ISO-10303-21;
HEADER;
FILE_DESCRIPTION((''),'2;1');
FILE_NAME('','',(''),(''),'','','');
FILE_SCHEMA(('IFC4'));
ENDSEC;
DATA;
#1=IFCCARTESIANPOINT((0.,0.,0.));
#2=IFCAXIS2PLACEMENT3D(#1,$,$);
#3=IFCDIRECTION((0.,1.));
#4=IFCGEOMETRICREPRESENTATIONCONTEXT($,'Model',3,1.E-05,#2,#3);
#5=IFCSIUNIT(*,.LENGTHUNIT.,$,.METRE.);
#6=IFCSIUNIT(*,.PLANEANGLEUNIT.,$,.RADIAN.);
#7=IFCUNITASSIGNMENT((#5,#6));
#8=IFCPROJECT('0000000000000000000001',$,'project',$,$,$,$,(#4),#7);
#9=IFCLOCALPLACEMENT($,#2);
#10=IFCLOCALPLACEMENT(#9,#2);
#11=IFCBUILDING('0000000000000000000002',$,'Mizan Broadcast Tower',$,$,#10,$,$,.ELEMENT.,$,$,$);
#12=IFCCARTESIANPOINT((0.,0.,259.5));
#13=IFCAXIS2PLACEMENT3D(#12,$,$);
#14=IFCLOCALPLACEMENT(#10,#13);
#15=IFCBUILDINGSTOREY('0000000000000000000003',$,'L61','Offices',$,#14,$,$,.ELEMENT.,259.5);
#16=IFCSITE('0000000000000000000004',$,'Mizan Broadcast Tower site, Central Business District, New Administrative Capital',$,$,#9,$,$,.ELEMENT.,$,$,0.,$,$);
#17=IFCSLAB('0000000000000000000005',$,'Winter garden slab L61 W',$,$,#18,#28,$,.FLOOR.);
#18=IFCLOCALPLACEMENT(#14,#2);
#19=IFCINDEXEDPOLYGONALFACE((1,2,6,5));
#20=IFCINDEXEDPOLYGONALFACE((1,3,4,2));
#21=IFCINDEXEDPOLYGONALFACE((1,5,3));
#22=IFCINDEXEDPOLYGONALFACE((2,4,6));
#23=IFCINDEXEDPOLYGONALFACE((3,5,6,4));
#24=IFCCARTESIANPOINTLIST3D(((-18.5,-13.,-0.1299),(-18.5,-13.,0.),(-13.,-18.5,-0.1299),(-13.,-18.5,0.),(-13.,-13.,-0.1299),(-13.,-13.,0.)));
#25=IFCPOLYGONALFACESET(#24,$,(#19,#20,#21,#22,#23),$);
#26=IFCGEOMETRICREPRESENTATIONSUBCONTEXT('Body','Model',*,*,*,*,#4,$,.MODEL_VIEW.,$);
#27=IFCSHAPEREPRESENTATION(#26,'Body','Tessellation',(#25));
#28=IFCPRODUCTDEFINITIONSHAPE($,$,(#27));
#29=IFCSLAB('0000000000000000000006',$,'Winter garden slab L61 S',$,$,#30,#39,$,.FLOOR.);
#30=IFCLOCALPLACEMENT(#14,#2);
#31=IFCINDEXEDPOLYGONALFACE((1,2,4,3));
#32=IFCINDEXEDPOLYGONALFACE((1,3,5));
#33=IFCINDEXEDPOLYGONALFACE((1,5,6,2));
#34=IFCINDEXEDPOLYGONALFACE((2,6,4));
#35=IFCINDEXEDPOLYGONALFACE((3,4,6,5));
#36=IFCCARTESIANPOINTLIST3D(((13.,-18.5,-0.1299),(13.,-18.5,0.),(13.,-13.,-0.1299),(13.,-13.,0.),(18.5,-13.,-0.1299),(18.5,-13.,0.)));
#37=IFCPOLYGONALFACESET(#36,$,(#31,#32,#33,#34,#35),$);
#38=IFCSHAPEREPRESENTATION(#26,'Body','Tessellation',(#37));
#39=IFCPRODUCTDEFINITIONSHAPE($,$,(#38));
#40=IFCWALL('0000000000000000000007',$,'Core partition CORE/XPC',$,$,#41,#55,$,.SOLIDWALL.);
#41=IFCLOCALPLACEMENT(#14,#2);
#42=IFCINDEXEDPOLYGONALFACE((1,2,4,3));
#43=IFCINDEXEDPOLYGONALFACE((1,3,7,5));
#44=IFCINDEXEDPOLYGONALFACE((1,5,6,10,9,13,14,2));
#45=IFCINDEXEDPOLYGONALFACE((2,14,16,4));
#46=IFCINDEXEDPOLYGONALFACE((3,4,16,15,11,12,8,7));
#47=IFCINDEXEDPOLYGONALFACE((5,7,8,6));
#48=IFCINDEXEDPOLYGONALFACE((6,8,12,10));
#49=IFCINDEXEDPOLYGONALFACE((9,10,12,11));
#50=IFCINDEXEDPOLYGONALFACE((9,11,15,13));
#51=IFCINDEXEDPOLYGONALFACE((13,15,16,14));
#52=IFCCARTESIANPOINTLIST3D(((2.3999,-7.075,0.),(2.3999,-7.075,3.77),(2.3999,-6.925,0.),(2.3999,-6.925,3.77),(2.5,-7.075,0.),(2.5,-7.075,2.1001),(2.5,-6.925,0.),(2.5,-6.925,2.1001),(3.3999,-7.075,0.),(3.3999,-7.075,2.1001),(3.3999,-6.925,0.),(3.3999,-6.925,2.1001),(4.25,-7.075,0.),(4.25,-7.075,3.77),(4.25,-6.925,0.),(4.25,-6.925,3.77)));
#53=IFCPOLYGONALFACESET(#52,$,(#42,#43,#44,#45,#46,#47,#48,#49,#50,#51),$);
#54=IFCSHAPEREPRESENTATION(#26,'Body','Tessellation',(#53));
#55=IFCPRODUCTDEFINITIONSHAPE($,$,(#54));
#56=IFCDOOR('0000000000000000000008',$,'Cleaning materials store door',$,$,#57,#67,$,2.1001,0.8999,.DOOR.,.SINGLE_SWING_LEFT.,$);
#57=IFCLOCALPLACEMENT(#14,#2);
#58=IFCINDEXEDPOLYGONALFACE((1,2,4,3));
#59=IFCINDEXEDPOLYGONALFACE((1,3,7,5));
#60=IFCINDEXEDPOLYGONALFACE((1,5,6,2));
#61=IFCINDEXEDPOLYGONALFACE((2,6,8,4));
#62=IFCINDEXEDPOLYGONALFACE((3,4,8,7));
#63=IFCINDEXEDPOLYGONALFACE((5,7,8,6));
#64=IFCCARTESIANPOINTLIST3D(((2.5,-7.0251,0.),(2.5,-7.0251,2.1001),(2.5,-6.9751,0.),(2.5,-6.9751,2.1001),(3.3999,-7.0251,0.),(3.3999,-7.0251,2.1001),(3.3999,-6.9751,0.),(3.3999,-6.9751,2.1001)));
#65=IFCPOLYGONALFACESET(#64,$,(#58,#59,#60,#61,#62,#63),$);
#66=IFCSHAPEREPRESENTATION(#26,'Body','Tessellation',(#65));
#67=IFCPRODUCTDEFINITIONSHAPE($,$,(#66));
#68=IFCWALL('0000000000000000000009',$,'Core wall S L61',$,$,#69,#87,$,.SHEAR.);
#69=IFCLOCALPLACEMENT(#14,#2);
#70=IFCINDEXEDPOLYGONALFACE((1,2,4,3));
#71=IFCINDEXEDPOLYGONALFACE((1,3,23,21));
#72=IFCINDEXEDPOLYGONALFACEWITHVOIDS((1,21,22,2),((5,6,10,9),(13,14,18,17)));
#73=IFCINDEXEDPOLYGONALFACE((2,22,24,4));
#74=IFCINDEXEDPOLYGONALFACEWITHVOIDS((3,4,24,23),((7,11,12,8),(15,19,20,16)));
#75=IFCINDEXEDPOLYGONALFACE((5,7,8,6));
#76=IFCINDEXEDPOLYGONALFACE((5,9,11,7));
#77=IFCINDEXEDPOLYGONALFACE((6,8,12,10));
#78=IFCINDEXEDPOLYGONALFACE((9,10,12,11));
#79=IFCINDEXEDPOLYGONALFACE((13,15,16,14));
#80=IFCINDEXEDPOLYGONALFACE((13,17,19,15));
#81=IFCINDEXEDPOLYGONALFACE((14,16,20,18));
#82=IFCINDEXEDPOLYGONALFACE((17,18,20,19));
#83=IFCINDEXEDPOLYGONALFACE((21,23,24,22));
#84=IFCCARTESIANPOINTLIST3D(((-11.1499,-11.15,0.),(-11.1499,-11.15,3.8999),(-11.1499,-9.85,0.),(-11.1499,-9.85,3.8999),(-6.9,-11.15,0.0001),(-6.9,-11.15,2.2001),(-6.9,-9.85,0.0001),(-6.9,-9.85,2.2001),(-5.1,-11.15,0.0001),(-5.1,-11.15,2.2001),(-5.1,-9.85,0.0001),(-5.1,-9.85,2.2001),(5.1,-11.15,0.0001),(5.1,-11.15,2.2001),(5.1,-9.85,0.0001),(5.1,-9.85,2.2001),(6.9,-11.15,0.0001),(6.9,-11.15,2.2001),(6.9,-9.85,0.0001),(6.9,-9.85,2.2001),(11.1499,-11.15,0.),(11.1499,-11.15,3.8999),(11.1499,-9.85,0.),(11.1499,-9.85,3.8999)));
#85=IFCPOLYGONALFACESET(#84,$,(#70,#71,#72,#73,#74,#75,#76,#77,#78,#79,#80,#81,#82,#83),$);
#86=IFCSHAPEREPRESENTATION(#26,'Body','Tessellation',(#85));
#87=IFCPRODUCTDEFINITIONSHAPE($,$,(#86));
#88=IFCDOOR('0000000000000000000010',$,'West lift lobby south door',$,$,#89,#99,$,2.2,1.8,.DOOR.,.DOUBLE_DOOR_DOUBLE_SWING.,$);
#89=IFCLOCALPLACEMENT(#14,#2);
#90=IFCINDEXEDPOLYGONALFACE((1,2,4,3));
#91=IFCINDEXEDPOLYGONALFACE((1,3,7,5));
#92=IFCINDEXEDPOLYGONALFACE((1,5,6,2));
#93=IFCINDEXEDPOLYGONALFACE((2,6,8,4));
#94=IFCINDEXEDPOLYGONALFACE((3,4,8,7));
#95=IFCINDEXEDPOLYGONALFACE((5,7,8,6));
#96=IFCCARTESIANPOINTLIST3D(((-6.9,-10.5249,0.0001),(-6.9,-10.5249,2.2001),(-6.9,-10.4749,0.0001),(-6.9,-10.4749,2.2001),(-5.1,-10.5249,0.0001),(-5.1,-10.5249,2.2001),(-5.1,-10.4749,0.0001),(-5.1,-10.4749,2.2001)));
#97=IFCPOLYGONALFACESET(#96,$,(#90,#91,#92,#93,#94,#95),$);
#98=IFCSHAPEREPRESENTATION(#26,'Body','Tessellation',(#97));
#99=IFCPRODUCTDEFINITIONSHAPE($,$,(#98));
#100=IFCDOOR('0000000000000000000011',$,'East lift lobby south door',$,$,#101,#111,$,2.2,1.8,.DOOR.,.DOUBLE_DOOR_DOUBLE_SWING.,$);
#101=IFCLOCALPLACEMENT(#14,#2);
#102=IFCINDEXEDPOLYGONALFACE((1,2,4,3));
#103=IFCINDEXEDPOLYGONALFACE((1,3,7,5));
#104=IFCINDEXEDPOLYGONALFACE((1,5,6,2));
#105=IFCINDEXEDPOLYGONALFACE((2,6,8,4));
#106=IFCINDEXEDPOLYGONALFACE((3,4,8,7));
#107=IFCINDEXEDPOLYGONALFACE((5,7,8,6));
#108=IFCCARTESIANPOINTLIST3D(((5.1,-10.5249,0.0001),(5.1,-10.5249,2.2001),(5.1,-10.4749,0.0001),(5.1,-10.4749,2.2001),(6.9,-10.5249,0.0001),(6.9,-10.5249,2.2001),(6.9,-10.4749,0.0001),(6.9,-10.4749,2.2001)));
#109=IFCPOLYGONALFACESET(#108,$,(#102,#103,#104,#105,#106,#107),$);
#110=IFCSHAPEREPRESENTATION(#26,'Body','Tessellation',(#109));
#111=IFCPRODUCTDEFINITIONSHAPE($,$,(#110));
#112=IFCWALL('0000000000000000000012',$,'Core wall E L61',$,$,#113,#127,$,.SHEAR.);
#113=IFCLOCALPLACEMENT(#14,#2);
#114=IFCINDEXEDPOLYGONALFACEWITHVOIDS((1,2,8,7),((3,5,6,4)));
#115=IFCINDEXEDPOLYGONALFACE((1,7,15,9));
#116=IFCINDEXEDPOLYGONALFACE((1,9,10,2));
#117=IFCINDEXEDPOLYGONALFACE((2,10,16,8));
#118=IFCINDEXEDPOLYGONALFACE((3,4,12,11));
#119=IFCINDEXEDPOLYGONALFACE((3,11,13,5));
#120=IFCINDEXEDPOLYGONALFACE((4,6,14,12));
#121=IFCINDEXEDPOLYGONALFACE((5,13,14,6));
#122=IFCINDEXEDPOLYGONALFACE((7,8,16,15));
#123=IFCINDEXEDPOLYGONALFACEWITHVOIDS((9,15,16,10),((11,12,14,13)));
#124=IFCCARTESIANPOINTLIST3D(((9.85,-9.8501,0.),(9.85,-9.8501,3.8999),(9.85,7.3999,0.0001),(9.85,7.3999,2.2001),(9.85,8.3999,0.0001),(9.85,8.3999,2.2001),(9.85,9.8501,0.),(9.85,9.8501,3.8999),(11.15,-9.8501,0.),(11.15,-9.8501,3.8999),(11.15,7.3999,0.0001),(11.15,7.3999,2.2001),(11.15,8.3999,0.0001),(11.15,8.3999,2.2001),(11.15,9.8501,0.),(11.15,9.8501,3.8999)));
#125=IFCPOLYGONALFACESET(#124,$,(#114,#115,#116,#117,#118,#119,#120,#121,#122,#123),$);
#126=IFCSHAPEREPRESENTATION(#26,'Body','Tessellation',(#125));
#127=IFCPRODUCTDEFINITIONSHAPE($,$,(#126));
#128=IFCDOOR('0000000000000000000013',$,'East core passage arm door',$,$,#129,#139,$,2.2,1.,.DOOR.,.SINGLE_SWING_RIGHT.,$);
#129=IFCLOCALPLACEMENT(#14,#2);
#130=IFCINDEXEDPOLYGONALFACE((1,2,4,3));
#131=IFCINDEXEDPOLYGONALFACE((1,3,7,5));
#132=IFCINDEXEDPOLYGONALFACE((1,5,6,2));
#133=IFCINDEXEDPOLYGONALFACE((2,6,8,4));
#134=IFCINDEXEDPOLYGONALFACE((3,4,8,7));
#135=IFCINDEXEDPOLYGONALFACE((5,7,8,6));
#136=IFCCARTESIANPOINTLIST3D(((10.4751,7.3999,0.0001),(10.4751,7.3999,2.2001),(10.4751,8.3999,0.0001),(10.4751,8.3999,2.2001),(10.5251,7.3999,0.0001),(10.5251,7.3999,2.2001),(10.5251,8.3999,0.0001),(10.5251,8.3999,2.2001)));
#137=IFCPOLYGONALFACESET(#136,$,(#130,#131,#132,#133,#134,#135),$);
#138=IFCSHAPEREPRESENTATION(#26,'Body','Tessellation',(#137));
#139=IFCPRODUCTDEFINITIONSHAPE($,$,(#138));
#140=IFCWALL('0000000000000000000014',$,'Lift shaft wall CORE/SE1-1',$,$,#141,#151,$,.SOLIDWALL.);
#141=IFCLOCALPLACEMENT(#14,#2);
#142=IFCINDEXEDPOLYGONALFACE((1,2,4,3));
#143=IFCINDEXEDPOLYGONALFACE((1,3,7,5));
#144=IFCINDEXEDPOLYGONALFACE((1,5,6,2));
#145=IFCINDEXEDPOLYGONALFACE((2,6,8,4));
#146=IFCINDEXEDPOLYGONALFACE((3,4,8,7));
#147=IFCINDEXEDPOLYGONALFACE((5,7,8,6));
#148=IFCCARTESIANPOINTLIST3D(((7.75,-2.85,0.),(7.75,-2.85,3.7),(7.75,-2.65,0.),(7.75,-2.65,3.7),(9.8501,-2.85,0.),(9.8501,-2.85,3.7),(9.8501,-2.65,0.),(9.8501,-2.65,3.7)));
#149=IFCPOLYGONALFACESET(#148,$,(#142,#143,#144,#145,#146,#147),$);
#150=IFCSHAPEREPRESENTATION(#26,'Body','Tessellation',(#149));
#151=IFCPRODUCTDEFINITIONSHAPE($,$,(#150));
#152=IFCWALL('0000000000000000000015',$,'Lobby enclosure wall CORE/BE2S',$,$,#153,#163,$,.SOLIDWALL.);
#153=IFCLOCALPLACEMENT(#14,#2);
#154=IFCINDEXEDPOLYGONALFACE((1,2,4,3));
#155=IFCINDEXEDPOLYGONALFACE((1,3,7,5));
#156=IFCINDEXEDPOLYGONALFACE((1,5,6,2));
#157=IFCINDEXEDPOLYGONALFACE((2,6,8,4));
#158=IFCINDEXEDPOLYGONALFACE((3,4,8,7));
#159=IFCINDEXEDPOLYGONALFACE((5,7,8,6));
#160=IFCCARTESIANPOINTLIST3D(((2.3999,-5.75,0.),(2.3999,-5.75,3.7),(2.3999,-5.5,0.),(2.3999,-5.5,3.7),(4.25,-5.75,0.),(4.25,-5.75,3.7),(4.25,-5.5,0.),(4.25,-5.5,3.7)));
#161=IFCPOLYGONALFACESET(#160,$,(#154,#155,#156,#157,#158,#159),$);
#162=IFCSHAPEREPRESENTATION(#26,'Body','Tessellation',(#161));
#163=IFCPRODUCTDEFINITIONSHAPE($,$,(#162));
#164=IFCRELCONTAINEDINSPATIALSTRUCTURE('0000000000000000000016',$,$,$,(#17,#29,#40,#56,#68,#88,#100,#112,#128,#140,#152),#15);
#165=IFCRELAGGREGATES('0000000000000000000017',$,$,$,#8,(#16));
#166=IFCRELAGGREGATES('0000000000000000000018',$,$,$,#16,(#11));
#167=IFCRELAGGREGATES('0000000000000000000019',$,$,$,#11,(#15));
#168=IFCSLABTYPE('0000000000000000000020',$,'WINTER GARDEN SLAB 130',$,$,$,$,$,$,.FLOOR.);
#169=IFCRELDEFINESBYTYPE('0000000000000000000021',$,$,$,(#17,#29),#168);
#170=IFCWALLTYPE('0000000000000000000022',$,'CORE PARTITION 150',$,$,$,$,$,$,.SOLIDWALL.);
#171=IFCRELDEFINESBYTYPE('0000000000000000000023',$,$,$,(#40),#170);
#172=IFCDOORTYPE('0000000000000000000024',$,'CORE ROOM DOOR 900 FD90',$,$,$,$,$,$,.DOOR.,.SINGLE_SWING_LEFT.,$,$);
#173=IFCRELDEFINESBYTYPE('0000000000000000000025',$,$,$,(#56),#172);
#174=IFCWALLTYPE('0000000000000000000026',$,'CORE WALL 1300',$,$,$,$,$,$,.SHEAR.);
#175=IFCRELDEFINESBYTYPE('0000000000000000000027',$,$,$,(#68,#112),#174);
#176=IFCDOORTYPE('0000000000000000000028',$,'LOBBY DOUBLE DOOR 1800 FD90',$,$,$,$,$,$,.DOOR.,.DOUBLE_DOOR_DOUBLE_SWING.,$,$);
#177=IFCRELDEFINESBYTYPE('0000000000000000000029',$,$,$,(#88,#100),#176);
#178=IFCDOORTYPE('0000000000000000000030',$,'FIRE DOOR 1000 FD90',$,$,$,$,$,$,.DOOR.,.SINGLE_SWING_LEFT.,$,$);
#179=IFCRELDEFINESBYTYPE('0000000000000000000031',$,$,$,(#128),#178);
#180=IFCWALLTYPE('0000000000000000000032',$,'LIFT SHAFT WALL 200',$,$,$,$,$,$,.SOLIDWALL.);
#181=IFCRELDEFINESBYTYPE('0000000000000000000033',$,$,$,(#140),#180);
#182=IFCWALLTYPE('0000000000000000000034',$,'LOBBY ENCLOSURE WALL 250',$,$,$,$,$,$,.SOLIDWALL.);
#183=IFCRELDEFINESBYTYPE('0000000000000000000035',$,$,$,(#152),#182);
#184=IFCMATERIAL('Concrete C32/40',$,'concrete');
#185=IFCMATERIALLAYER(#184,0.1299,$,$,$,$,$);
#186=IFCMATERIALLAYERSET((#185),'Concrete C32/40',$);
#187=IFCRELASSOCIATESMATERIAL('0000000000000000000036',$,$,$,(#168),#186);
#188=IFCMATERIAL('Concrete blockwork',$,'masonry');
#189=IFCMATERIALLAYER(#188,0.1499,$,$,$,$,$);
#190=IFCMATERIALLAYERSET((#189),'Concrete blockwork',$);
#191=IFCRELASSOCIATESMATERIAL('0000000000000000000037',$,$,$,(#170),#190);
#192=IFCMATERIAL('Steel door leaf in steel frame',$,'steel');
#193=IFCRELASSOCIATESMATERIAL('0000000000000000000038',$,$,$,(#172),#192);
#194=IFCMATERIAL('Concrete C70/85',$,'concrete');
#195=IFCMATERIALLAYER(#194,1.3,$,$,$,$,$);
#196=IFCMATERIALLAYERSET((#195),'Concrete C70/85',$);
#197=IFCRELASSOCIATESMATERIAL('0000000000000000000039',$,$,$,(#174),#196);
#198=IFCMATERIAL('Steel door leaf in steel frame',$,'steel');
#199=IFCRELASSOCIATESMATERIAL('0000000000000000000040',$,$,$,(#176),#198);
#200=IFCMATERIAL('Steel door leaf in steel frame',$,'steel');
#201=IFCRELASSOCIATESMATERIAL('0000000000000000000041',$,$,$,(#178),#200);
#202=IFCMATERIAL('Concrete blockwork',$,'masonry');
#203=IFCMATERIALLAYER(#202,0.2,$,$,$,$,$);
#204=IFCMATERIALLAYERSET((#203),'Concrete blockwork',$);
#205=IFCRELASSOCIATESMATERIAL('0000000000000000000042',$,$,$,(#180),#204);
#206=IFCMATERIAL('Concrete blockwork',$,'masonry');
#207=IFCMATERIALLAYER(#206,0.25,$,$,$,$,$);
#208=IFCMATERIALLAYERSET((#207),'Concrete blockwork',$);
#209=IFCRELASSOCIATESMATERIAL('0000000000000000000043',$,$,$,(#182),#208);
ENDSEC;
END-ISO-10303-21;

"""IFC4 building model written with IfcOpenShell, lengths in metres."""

from ifc_helpers import new_model, si_unit, direction, frame, frame_2d, origin, place, context, subcontext, project, spatial, polyline, rectangle, outline, extrude, material, layer, layer_set, type_object, element, fill, save


model = new_model("IFC4")

# Units and contexts
model_context = context("Model", 3, precision=1e-05, world=origin(), true_north=direction((0.0, 1.0)))
body_context = subcontext(model_context, "Body", "Model", "MODEL_VIEW")
ifc_project = project(units=[si_unit("LENGTHUNIT", "METRE"), si_unit("PLANEANGLEUNIT", "RADIAN")], contexts=[model_context])

# Site, building, storey
site_placement = place(None, origin())
site = spatial("IfcSite", under=ifc_project, at=site_placement, Name="Mizan Broadcast Tower site, Central Business District, New Administrative Capital", CompositionType="ELEMENT", RefElevation=0.0)
building_placement = place(site_placement, origin())
building = spatial("IfcBuilding", under=site, at=building_placement, Name="Mizan Broadcast Tower", CompositionType="ELEMENT")
storey_placement = place(building_placement, frame((0.0, 0.0, 259.5)))
storey = spatial("IfcBuildingStorey", under=building, at=storey_placement, Name="L61", Description="Offices", CompositionType="ELEMENT", Elevation=259.5)

# Slabs
ifc_material_1 = material(Name="Concrete C32/40", Category="concrete")
ifc_layer_1 = layer(ifc_material_1, 0.1299)
ifc_layer_set_1 = layer_set([ifc_layer_1], Name="Concrete C32/40")
slab_type_1 = type_object("IfcSlabType", Name="WINTER GARDEN SLAB 130", PredefinedType="FLOOR", material=ifc_layer_set_1)
slab_1_placement = place(storey_placement, frame((0.0, 0.0, -0.1299)))
element("IfcSlab", 1, at=slab_1_placement, inside=storey, type_object=slab_type_1, Name="Winter garden slab L61 W", PredefinedType="FLOOR", context=body_context, shape_type="SweptSolid", body=[
    extrude(outline(polyline([(-13.0, -13.0), (-18.5, -13.0), (-13.0, -18.5), (-13.0, -13.0)])), origin(), (0.0, 0.0, 1.0), 0.1299),
])
slab_2_placement = place(storey_placement, frame((0.0, 0.0, -0.1299)))
element("IfcSlab", 2, at=slab_2_placement, inside=storey, type_object=slab_type_1, Name="Winter garden slab L61 S", PredefinedType="FLOOR", context=body_context, shape_type="SweptSolid", body=[
    extrude(outline(polyline([(13.0, -13.0), (13.0, -18.5), (18.5, -13.0), (13.0, -13.0)])), origin(), (0.0, 0.0, 1.0), 0.1299),
])

# Wall, opening, door
ifc_material_2 = material(Name="Concrete blockwork", Category="masonry")
ifc_layer_2 = layer(ifc_material_2, 0.1499)
ifc_layer_set_2 = layer_set([ifc_layer_2], Name="Concrete blockwork")
wall_type_1 = type_object("IfcWallType", Name="CORE PARTITION 150", PredefinedType="SOLIDWALL", material=ifc_layer_set_2)
wall_1_placement = place(storey_placement, frame((2.3999, -7.0, 0.0), z_axis=(0.0, 0.0, 1.0), x_axis=(1.0, 0.0, 0.0)))
wall_1 = element("IfcWall", 3, at=wall_1_placement, inside=storey, type_object=wall_type_1, Name="Core partition CORE/XPC", PredefinedType="SOLIDWALL", context=body_context, shape_type="SweptSolid", body=[
    extrude(rectangle(XDim=1.8501, YDim=0.1499, at=frame_2d((0.925, 0.0))), origin(), (0.0, 0.0, 1.0), 3.77),
])
opening_1_placement = place(wall_1_placement, frame((0.1001, 0.0, 0.0)))
opening_1 = element("IfcOpeningElement", 4, at=opening_1_placement, cuts=wall_1, PredefinedType="OPENING", context=body_context, shape_type="SweptSolid", body=[
    extrude(rectangle(XDim=0.8999, YDim=2.1001, at=frame_2d((0.45, 1.05))), frame((0.0, 0.085, 0.0), z_axis=(0.0, -1.0, 0.0), x_axis=(1.0, 0.0, 0.0)), (0.0, 0.0, 1.0), 0.1699),
])
ifc_material_3 = material(Name="Steel door leaf in steel frame", Category="steel")
door_type_1 = type_object("IfcDoorType", Name="CORE ROOM DOOR 900 FD90", OperationType="SINGLE_SWING_LEFT", PredefinedType="DOOR", material=ifc_material_3)
door_1_placement = place(opening_1_placement, origin())
door_1 = element("IfcDoor", 5, at=door_1_placement, inside=storey, type_object=door_type_1, Name="Cleaning materials store door", OperationType="SINGLE_SWING_LEFT", OverallHeight=2.1001, OverallWidth=0.8999, PredefinedType="DOOR", context=body_context, shape_type="SweptSolid", body=[
    extrude(rectangle(XDim=0.8999, YDim=2.1001, at=frame_2d((0.45, 1.05))), frame((0.0, 0.0249, 0.0), z_axis=(0.0, -1.0, 0.0), x_axis=(1.0, 0.0, 0.0)), (0.0, 0.0, 1.0), 0.05),
])
fill(opening_1, door_1)

# Wall, openings, doors
ifc_material_4 = material(Name="Concrete C70/85", Category="concrete")
ifc_layer_3 = layer(ifc_material_4, 1.3)
ifc_layer_set_3 = layer_set([ifc_layer_3], Name="Concrete C70/85")
wall_type_2 = type_object("IfcWallType", Name="CORE WALL 1300", PredefinedType="SHEAR", material=ifc_layer_set_3)
wall_2_placement = place(storey_placement, frame((11.1499, -10.5, 0.0), z_axis=(0.0, 0.0, 1.0), x_axis=(-1.0, 0.0, 0.0)))
wall_2 = element("IfcWall", 6, at=wall_2_placement, inside=storey, type_object=wall_type_2, Name="Core wall S L61", PredefinedType="SHEAR", context=body_context, shape_type="SweptSolid", body=[
    extrude(rectangle(XDim=22.2998, YDim=1.3, at=frame_2d((11.1499, 0.0))), origin(), (0.0, 0.0, 1.0), 3.8999),
])
opening_2_placement = place(wall_2_placement, frame((16.25, 0.0, 0.0)))
opening_2 = element("IfcOpeningElement", 7, at=opening_2_placement, cuts=wall_2, PredefinedType="OPENING", context=body_context, shape_type="SweptSolid", body=[
    extrude(rectangle(XDim=1.8, YDim=2.2, at=frame_2d((0.8999, 1.1001))), frame((0.0, 0.6599, 0.0), z_axis=(0.0, -1.0, 0.0), x_axis=(1.0, 0.0, 0.0)), (0.0, 0.0, 1.0), 1.3201),
])
opening_3_placement = place(wall_2_placement, frame((4.25, 0.0, 0.0)))
opening_3 = element("IfcOpeningElement", 8, at=opening_3_placement, cuts=wall_2, PredefinedType="OPENING", context=body_context, shape_type="SweptSolid", body=[
    extrude(rectangle(XDim=1.8, YDim=2.2, at=frame_2d((0.8999, 1.1001))), frame((0.0, 0.6599, 0.0), z_axis=(0.0, -1.0, 0.0), x_axis=(1.0, 0.0, 0.0)), (0.0, 0.0, 1.0), 1.3201),
])
ifc_material_5 = material(Name="Steel door leaf in steel frame", Category="steel")
door_type_2 = type_object("IfcDoorType", Name="LOBBY DOUBLE DOOR 1800 FD90", OperationType="DOUBLE_DOOR_DOUBLE_SWING", PredefinedType="DOOR", material=ifc_material_5)
door_2_placement = place(opening_2_placement, origin())
door_2 = element("IfcDoor", 9, at=door_2_placement, inside=storey, type_object=door_type_2, Name="West lift lobby south door", OperationType="DOUBLE_DOOR_DOUBLE_SWING", OverallHeight=2.2, OverallWidth=1.8, PredefinedType="DOOR", context=body_context, shape_type="SweptSolid", body=[
    extrude(rectangle(XDim=1.8, YDim=2.2, at=frame_2d((0.8999, 1.1001))), frame((0.0, 0.0249, 0.0), z_axis=(0.0, -1.0, 0.0), x_axis=(1.0, 0.0, 0.0)), (0.0, 0.0, 1.0), 0.05),
])
fill(opening_2, door_2)
door_3_placement = place(opening_3_placement, origin())
door_3 = element("IfcDoor", 10, at=door_3_placement, inside=storey, type_object=door_type_2, Name="East lift lobby south door", OperationType="DOUBLE_DOOR_DOUBLE_SWING", OverallHeight=2.2, OverallWidth=1.8, PredefinedType="DOOR", context=body_context, shape_type="SweptSolid", body=[
    extrude(rectangle(XDim=1.8, YDim=2.2, at=frame_2d((0.8999, 1.1001))), frame((0.0, 0.0249, 0.0), z_axis=(0.0, -1.0, 0.0), x_axis=(1.0, 0.0, 0.0)), (0.0, 0.0, 1.0), 0.05),
])
fill(opening_3, door_3)

# Wall, opening, door
wall_3_placement = place(storey_placement, frame((10.5, -9.8501, 0.0), z_axis=(0.0, 0.0, 1.0), x_axis=(0.0, 1.0, 0.0)))
wall_3 = element("IfcWall", 11, at=wall_3_placement, inside=storey, type_object=wall_type_2, Name="Core wall E L61", PredefinedType="SHEAR", context=body_context, shape_type="SweptSolid", body=[
    extrude(rectangle(XDim=19.7002, YDim=1.3, at=frame_2d((9.8501, 0.0))), origin(), (0.0, 0.0, 1.0), 3.8999),
])
opening_4_placement = place(wall_3_placement, frame((17.25, 0.0, 0.0)))
opening_4 = element("IfcOpeningElement", 12, at=opening_4_placement, cuts=wall_3, PredefinedType="OPENING", context=body_context, shape_type="SweptSolid", body=[
    extrude(rectangle(XDim=1.0, YDim=2.2, at=frame_2d((0.5, 1.1001))), frame((0.0, 0.6599, 0.0), z_axis=(0.0, -1.0, 0.0), x_axis=(1.0, 0.0, 0.0)), (0.0, 0.0, 1.0), 1.3201),
])
ifc_material_6 = material(Name="Steel door leaf in steel frame", Category="steel")
door_type_3 = type_object("IfcDoorType", Name="FIRE DOOR 1000 FD90", OperationType="SINGLE_SWING_LEFT", PredefinedType="DOOR", material=ifc_material_6)
door_4_placement = place(opening_4_placement, origin())
door_4 = element("IfcDoor", 13, at=door_4_placement, inside=storey, type_object=door_type_3, Name="East core passage arm door", OperationType="SINGLE_SWING_RIGHT", OverallHeight=2.2, OverallWidth=1.0, PredefinedType="DOOR", context=body_context, shape_type="SweptSolid", body=[
    extrude(rectangle(XDim=1.0, YDim=2.2, at=frame_2d((0.5, 1.1001))), frame((0.0, 0.0249, 0.0), z_axis=(0.0, -1.0, 0.0), x_axis=(1.0, 0.0, 0.0)), (0.0, 0.0, 1.0), 0.05),
])
fill(opening_4, door_4)

# Walls
ifc_material_7 = material(Name="Concrete blockwork", Category="masonry")
ifc_layer_4 = layer(ifc_material_7, 0.2)
ifc_layer_set_4 = layer_set([ifc_layer_4], Name="Concrete blockwork")
wall_type_3 = type_object("IfcWallType", Name="LIFT SHAFT WALL 200", PredefinedType="SOLIDWALL", material=ifc_layer_set_4)
wall_4_placement = place(storey_placement, frame((7.75, -2.75, 0.0), z_axis=(0.0, 0.0, 1.0), x_axis=(1.0, 0.0, 0.0)))
element("IfcWall", 14, at=wall_4_placement, inside=storey, type_object=wall_type_3, Name="Lift shaft wall CORE/SE1-1", PredefinedType="SOLIDWALL", context=body_context, shape_type="SweptSolid", body=[
    extrude(rectangle(XDim=2.1001, YDim=0.2, at=frame_2d((1.05, 0.0))), origin(), (0.0, 0.0, 1.0), 3.7),
])
ifc_material_8 = material(Name="Concrete blockwork", Category="masonry")
ifc_layer_5 = layer(ifc_material_8, 0.25)
ifc_layer_set_5 = layer_set([ifc_layer_5], Name="Concrete blockwork")
wall_type_4 = type_object("IfcWallType", Name="LOBBY ENCLOSURE WALL 250", PredefinedType="SOLIDWALL", material=ifc_layer_set_5)
wall_5_placement = place(storey_placement, frame((2.3999, -5.625, 0.0), z_axis=(0.0, 0.0, 1.0), x_axis=(1.0, 0.0, 0.0)))
element("IfcWall", 15, at=wall_5_placement, inside=storey, type_object=wall_type_4, Name="Lobby enclosure wall CORE/BE2S", PredefinedType="SOLIDWALL", context=body_context, shape_type="SweptSolid", body=[
    extrude(rectangle(XDim=1.8501, YDim=0.25, at=frame_2d((0.925, 0.0))), origin(), (0.0, 0.0, 1.0), 3.7),
])

save(model, "model.ifc")
